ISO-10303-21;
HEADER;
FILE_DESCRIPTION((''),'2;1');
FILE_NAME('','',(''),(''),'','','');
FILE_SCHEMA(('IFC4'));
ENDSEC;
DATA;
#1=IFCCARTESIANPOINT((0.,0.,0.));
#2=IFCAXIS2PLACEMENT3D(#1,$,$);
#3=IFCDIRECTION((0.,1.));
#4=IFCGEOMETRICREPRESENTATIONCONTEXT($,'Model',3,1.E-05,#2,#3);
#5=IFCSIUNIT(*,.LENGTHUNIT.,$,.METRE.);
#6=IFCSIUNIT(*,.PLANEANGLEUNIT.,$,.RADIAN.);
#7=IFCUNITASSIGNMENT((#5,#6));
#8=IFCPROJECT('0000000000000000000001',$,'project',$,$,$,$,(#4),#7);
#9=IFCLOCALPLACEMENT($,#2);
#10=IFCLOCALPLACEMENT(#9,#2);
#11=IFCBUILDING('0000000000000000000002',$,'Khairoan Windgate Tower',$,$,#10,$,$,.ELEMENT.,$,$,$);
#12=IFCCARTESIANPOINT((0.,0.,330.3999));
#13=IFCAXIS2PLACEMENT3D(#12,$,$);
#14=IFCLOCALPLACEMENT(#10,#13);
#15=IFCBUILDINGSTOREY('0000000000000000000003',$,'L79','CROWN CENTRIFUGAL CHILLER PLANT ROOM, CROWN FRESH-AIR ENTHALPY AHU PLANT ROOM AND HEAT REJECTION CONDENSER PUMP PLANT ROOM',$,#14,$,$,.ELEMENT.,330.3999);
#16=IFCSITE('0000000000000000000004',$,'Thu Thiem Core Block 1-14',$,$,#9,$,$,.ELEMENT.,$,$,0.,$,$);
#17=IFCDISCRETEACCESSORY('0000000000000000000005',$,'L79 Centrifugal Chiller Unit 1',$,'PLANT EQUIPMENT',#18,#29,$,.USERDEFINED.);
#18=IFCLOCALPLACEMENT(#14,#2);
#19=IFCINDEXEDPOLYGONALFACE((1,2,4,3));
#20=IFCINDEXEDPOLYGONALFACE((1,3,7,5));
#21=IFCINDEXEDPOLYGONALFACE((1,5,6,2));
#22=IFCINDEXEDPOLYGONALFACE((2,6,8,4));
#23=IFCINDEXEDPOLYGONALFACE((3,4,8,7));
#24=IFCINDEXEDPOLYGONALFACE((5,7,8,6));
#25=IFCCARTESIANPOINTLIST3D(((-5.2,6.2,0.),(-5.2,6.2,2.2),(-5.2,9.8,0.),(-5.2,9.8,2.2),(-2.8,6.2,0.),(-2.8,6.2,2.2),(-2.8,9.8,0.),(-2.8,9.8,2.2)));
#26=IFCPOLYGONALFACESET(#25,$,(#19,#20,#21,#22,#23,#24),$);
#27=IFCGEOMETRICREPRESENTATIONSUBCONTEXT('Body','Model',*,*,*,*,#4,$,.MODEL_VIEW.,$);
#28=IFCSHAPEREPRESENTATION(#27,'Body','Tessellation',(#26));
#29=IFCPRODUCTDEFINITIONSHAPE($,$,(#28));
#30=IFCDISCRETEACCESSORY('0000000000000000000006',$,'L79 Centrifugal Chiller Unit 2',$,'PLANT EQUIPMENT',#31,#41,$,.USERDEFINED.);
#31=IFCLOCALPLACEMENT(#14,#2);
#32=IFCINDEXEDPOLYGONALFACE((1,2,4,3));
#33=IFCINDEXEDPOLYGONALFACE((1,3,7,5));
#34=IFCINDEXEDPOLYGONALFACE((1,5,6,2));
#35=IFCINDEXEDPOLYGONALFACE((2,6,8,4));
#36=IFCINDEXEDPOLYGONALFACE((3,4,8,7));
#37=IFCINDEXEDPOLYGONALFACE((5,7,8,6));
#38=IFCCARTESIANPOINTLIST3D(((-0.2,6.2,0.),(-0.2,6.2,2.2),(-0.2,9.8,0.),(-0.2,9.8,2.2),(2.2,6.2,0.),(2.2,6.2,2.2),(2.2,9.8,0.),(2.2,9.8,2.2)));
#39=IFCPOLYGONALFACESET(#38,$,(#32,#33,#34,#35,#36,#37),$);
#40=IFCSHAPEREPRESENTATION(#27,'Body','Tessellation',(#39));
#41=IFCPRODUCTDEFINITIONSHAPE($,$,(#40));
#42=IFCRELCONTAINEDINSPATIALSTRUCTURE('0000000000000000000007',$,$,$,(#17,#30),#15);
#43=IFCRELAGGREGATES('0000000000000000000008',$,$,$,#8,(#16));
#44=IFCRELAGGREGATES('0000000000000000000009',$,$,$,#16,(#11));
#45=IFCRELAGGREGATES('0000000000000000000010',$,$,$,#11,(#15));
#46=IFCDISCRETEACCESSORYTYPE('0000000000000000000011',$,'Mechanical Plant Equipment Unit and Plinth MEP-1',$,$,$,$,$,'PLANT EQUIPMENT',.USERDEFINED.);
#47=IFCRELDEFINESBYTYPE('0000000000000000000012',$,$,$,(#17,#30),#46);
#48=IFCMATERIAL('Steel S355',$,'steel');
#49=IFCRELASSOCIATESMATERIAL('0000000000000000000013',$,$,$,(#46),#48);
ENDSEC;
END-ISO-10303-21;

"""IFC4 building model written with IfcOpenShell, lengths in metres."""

from ifc_helpers import new_model, si_unit, direction, frame, origin, origin_2d, place, context, subcontext, project, spatial, rectangle, extrude, material, type_object, element, save


model = new_model("IFC4")

# Units and contexts
model_context = context("Model", 3, precision=1e-05, world=origin(), true_north=direction((0.0, 1.0)))
body_context = subcontext(model_context, "Body", "Model", "MODEL_VIEW")
ifc_project = project(units=[si_unit("LENGTHUNIT", "METRE"), si_unit("PLANEANGLEUNIT", "RADIAN")], contexts=[model_context])

# Site, building, storey
site_placement = place(None, origin())
site = spatial("IfcSite", under=ifc_project, at=site_placement, Name="Thu Thiem Core Block 1-14", CompositionType="ELEMENT", RefElevation=0.0)
building_placement = place(site_placement, origin())
building = spatial("IfcBuilding", under=site, at=building_placement, Name="Khairoan Windgate Tower", CompositionType="ELEMENT")
storey_placement = place(building_placement, frame((0.0, 0.0, 330.3999)))
storey = spatial("IfcBuildingStorey", under=building, at=storey_placement, Name="L79", Description="CROWN CENTRIFUGAL CHILLER PLANT ROOM, CROWN FRESH-AIR ENTHALPY AHU PLANT ROOM AND HEAT REJECTION CONDENSER PUMP PLANT ROOM", CompositionType="ELEMENT", Elevation=330.3999)

# Discrete accessories
ifc_material_1 = material(Name="Steel S355", Category="steel")
discrete_accessory_type = type_object("IfcDiscreteAccessoryType", Name="Mechanical Plant Equipment Unit and Plinth MEP-1", ElementType="PLANT EQUIPMENT", PredefinedType="USERDEFINED", material=ifc_material_1)
for number, where, z_axis, x_axis, name in (
    (1, (-4.0, 8.0, 0.0), (0.0, 0.0, 1.0), (1.0, 0.0, 0.0), "L79 Centrifugal Chiller Unit 1"),
    (2, (1.0, 8.0, 0.0), (0.0, 0.0, 1.0), (1.0, 0.0, 0.0), "L79 Centrifugal Chiller Unit 2"),
):
    element("IfcDiscreteAccessory", number, at=place(storey_placement, frame(where, z_axis=z_axis, x_axis=x_axis)), inside=storey, type_object=discrete_accessory_type, Name=name, ObjectType="PLANT EQUIPMENT", PredefinedType="USERDEFINED", context=body_context, shape_type="SweptSolid", body=[
        extrude(rectangle(XDim=2.3999, YDim=3.6001, at=origin_2d()), origin(), (0.0, 0.0, 1.0), 2.2),
    ])

save(model, "model.ifc")
